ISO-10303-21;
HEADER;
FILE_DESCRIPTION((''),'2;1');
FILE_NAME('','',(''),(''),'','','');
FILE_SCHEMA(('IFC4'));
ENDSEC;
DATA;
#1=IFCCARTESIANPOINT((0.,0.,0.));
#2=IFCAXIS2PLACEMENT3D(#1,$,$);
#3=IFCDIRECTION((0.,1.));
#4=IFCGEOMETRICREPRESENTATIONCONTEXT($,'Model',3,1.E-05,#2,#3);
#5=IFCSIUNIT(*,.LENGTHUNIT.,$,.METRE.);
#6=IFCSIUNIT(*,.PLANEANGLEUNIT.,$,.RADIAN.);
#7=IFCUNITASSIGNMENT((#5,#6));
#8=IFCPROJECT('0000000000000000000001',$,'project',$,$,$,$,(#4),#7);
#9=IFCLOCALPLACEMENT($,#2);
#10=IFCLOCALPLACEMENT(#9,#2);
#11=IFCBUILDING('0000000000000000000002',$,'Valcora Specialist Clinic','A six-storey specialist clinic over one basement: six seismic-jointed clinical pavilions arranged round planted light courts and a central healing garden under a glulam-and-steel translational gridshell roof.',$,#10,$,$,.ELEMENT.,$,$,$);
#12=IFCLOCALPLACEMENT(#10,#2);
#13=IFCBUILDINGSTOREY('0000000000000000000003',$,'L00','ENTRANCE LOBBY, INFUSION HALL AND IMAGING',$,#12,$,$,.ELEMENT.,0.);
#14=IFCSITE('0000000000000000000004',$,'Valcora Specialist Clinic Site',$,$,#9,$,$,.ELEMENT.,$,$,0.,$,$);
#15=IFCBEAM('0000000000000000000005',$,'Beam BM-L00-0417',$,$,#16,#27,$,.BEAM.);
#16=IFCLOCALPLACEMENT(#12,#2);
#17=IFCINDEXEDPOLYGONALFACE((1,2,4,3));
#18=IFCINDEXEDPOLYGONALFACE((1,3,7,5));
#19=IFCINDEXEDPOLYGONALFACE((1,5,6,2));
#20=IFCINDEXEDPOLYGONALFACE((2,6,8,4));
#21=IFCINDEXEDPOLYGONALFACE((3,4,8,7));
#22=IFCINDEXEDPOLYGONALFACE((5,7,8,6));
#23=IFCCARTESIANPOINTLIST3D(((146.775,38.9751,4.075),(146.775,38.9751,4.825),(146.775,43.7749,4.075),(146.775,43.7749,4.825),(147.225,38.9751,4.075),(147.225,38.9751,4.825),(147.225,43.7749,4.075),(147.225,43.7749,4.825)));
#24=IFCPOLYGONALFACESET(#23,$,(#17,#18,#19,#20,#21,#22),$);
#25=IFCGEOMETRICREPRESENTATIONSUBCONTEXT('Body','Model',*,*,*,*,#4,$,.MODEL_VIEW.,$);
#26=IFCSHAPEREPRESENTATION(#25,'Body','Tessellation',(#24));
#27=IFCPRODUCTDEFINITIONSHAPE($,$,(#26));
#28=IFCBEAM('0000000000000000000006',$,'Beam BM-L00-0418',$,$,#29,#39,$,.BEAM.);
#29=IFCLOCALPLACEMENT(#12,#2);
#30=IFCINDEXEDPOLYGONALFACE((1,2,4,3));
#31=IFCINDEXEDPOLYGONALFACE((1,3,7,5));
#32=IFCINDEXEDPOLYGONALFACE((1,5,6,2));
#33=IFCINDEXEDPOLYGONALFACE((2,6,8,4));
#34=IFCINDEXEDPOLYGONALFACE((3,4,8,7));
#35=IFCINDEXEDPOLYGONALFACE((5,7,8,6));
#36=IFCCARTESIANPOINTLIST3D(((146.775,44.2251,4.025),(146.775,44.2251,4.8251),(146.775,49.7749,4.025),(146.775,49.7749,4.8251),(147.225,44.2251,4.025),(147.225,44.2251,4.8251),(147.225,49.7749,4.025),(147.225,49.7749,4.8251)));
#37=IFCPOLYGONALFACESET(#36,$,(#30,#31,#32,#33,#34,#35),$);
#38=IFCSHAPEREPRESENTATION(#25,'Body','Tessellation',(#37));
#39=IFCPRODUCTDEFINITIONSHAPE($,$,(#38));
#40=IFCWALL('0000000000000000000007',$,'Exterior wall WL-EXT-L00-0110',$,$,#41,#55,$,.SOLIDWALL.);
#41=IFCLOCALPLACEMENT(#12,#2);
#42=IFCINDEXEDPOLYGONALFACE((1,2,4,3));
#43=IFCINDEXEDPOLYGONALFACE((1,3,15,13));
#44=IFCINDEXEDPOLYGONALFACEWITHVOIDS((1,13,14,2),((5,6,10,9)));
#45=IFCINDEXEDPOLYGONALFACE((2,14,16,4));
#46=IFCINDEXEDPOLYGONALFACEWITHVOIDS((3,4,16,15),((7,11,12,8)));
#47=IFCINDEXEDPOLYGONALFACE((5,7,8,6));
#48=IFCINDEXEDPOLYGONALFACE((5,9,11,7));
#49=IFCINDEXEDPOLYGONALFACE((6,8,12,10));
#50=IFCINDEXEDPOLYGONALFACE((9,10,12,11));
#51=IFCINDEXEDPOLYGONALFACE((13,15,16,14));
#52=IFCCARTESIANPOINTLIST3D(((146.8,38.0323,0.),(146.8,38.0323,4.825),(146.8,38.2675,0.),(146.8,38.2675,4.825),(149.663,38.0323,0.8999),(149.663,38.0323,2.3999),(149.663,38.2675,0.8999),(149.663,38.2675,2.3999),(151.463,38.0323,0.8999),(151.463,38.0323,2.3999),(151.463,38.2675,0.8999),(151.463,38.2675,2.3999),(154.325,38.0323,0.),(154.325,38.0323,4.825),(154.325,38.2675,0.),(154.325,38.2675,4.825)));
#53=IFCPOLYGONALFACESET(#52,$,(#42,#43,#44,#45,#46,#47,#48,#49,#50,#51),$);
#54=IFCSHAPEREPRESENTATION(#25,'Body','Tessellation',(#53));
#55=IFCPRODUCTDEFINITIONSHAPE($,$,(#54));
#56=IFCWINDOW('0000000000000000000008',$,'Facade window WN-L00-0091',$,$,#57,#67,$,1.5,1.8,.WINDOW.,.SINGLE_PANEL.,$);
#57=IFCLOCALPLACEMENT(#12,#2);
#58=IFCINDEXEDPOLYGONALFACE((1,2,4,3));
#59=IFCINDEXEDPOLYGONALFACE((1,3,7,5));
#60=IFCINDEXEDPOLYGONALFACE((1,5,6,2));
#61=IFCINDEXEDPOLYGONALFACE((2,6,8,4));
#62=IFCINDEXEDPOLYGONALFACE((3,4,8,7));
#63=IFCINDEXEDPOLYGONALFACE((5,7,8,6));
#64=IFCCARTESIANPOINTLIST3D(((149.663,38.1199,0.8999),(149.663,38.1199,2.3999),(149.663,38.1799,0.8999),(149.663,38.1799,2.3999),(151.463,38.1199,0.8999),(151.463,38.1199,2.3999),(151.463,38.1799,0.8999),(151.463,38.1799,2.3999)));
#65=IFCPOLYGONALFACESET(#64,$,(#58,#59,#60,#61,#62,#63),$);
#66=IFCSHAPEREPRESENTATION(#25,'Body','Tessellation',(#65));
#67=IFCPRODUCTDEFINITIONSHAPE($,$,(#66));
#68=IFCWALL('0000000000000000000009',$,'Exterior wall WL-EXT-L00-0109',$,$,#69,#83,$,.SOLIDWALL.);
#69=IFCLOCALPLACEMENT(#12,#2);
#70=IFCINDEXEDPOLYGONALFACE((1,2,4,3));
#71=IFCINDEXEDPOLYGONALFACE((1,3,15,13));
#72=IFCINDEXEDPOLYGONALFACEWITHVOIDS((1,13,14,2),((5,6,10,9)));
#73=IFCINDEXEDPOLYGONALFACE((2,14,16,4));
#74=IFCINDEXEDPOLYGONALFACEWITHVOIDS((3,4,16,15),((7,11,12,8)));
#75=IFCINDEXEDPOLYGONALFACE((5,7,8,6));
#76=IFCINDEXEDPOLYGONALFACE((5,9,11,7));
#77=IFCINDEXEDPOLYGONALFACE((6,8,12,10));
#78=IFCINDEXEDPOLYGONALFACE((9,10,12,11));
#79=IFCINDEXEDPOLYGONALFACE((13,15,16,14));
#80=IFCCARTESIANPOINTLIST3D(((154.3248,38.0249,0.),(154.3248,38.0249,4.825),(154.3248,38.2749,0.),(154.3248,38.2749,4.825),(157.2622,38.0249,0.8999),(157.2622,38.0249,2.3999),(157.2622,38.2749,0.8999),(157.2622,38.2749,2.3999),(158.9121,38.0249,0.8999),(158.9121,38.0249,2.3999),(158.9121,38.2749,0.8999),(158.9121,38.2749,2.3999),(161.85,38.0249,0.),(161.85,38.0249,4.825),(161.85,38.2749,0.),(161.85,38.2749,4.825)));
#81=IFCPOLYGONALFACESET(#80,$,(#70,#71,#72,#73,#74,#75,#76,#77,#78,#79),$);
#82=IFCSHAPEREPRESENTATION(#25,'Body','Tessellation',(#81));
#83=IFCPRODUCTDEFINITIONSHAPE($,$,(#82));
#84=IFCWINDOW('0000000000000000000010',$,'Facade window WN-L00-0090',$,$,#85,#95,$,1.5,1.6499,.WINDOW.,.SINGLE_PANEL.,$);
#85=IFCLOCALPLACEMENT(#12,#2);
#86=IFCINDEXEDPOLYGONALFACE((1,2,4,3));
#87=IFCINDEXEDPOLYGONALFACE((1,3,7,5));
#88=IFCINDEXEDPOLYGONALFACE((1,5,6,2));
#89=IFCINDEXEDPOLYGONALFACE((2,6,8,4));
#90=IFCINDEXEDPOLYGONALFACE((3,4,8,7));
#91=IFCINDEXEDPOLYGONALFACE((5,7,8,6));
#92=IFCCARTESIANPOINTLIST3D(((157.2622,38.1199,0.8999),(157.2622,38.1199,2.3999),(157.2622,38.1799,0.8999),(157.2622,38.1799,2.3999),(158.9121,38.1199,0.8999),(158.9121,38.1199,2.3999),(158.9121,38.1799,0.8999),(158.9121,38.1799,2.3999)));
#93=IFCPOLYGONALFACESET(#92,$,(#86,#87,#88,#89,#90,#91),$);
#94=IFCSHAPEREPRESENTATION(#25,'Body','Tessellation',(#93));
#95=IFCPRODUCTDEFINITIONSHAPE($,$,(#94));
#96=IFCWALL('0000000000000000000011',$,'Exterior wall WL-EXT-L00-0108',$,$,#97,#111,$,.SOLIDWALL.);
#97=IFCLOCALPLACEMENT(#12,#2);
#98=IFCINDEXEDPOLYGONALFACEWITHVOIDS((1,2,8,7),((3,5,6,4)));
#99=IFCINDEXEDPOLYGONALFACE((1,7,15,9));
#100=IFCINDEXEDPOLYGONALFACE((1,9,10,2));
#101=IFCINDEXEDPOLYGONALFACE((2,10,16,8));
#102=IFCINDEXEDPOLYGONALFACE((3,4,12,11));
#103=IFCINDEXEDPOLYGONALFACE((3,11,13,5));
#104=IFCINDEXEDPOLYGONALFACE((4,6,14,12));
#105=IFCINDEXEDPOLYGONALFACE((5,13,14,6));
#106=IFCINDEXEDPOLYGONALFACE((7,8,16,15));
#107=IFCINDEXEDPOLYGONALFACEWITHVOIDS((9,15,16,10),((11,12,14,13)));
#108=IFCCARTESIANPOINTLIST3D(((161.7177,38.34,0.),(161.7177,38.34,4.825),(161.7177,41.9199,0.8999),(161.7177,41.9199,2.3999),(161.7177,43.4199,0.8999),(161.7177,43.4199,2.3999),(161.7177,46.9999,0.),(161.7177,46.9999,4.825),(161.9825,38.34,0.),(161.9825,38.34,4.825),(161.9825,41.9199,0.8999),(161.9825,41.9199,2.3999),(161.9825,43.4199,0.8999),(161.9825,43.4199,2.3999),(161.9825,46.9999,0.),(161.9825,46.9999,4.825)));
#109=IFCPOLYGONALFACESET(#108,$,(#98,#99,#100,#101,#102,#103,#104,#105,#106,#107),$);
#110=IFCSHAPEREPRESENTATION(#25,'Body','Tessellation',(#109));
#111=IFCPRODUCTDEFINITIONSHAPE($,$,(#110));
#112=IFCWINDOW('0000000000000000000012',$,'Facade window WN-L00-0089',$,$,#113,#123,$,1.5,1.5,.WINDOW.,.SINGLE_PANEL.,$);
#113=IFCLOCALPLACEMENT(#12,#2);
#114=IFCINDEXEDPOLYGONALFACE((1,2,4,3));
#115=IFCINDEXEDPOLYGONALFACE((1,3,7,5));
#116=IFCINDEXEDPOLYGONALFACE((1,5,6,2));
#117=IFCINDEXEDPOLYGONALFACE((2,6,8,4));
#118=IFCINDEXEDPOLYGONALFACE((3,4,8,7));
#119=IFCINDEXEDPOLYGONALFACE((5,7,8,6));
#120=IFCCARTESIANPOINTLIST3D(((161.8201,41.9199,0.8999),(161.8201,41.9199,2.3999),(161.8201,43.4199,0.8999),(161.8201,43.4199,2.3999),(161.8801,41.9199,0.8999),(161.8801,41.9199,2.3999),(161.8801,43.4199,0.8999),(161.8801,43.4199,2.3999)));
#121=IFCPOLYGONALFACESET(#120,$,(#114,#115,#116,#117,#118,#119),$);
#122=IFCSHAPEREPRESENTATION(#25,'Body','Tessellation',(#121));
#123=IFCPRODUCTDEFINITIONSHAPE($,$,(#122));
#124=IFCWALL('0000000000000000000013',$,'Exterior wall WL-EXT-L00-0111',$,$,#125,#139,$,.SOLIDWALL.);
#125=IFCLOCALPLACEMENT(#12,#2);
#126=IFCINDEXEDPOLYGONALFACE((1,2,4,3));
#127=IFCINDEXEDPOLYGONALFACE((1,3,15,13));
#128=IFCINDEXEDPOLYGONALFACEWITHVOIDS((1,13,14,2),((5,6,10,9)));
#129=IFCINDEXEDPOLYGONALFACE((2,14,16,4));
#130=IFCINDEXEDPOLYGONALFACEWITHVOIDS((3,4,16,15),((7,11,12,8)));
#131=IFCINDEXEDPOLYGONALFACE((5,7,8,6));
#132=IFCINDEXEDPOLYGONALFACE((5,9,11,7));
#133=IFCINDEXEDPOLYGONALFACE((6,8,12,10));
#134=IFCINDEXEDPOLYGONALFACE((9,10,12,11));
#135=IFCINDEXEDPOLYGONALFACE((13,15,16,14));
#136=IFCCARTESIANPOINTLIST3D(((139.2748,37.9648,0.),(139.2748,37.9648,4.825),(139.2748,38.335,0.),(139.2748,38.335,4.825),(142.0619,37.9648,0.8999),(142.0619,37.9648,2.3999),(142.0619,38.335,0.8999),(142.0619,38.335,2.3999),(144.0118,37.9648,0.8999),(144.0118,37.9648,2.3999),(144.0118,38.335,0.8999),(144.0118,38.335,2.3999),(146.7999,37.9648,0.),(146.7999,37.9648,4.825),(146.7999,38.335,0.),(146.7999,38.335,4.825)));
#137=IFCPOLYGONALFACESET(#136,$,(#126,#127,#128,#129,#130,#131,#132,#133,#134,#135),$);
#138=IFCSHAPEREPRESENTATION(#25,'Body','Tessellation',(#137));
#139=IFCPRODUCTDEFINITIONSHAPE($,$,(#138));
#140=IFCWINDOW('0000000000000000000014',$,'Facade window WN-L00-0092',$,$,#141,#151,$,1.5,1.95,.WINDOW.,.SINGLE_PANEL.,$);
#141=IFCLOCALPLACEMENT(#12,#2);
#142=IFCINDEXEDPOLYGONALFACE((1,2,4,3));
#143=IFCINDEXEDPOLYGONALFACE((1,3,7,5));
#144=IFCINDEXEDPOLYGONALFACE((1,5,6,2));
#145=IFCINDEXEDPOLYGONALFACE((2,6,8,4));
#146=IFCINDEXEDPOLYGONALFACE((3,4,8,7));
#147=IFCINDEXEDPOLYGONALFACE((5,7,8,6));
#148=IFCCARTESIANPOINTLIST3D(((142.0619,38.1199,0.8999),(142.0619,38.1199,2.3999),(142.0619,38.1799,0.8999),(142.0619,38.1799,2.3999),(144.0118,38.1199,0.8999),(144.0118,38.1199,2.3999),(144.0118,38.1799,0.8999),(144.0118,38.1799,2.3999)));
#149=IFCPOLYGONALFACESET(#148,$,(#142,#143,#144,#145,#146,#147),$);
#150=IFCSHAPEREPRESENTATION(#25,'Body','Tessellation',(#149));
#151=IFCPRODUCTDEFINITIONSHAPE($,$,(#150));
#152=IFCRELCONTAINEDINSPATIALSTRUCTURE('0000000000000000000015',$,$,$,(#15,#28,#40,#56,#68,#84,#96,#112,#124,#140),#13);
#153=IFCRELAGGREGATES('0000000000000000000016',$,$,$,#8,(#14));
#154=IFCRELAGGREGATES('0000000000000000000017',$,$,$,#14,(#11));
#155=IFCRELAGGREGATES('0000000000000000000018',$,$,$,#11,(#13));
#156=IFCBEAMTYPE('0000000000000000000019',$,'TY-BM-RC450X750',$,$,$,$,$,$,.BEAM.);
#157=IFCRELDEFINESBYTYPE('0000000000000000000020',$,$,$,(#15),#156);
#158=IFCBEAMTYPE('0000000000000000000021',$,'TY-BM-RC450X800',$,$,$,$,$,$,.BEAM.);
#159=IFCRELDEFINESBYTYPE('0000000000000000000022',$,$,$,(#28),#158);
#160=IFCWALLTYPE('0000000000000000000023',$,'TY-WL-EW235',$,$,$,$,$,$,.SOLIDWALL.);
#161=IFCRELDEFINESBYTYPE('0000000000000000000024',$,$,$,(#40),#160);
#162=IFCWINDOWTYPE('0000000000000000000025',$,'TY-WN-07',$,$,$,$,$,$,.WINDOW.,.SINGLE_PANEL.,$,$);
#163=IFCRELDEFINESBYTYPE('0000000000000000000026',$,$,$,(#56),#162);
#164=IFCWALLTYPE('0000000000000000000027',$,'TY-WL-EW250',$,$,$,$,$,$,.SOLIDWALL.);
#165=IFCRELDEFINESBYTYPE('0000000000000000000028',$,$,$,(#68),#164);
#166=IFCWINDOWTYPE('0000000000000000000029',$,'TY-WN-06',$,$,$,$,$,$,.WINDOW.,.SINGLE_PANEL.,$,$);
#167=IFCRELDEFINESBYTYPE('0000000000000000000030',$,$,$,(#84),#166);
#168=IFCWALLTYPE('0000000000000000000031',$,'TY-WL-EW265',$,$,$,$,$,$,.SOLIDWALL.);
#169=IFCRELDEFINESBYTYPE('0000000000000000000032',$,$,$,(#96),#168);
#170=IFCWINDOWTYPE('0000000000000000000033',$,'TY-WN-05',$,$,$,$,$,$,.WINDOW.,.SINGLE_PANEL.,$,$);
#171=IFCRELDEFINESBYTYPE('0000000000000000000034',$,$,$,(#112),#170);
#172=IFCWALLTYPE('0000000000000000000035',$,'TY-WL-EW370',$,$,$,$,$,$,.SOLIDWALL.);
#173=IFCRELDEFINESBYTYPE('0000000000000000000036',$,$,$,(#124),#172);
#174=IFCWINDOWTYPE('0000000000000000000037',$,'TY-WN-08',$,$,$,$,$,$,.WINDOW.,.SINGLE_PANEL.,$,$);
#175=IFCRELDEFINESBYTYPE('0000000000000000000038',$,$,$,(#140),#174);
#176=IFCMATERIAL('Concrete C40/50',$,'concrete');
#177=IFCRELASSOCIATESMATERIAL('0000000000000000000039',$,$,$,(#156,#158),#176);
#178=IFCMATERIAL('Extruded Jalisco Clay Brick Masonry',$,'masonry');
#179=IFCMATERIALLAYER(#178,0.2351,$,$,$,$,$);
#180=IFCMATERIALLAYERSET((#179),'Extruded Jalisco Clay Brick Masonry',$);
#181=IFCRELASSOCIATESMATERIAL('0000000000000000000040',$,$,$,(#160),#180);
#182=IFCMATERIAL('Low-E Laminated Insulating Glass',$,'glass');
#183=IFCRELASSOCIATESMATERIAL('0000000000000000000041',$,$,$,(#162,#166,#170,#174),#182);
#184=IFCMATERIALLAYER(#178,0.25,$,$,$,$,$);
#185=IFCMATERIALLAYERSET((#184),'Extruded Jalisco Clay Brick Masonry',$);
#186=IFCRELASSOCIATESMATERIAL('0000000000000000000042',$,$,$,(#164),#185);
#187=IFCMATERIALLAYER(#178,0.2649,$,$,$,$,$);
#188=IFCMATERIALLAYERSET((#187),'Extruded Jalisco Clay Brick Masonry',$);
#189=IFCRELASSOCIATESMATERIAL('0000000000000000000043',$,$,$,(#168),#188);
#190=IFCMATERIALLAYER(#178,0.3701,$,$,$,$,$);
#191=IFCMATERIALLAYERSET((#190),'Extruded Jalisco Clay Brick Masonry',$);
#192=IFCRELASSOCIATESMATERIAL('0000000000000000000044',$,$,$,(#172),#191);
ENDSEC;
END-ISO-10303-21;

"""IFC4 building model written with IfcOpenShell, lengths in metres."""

from ifc_helpers import new_model, si_unit, direction, frame, frame_2d, origin, origin_2d, place, context, subcontext, project, spatial, rectangle, extrude, material, layer, layer_set, material_profile, profile_set, type_object, element, fill, save


model = new_model("IFC4")

# Units and contexts
model_context = context("Model", 3, precision=1e-05, world=origin(), true_north=direction((0.0, 1.0)))
body_context = subcontext(model_context, "Body", "Model", "MODEL_VIEW")
ifc_project = project(units=[si_unit("LENGTHUNIT", "METRE"), si_unit("PLANEANGLEUNIT", "RADIAN")], contexts=[model_context])

# Site, building, storey
site_placement = place(None, origin())
site = spatial("IfcSite", under=ifc_project, at=site_placement, Name="Valcora Specialist Clinic Site", CompositionType="ELEMENT", RefElevation=0.0)
building_placement = place(site_placement, origin())
building = spatial("IfcBuilding", under=site, at=building_placement, Name="Valcora Specialist Clinic", Description="A six-storey specialist clinic over one basement: six seismic-jointed clinical pavilions arranged round planted light courts and a central healing garden under a glulam-and-steel translational gridshell roof.", CompositionType="ELEMENT")
storey_placement = place(building_placement, origin())
storey = spatial("IfcBuildingStorey", under=building, at=storey_placement, Name="L00", Description="ENTRANCE LOBBY, INFUSION HALL AND IMAGING", CompositionType="ELEMENT", Elevation=0.0)

# Shared definitions
ifc_material_1 = material(Name="Concrete C40/50", Category="concrete")

# Beams
ifc_material_profile_1 = material_profile(ifc_material_1, rectangle(XDim=0.45, YDim=0.75, at=origin_2d()), Name="RC-BM-450X750")
ifc_profile_set_1 = profile_set([ifc_material_profile_1], Name="Concrete C40/50")
beam_type_1 = type_object("IfcBeamType", Name="TY-BM-RC450X750", PredefinedType="BEAM", material=ifc_profile_set_1)
beam_1_placement = place(storey_placement, frame((147.0, 38.9751, 4.45), z_axis=(0.0, 1.0, 0.0), x_axis=(-1.0, 0.0, 0.0)))
element("IfcBeam", 1, at=beam_1_placement, inside=storey, type_object=beam_type_1, Name="Beam BM-L00-0417", PredefinedType="BEAM", context=body_context, shape_type="SweptSolid", body=[
    extrude(rectangle(XDim=0.45, YDim=0.75, at=origin_2d()), origin(), (0.0, 0.0, 1.0), 4.7998),
])
ifc_material_profile_2 = material_profile(ifc_material_1, rectangle(XDim=0.45, YDim=0.8, at=origin_2d()), Name="RC-BM-450X800")
ifc_profile_set_2 = profile_set([ifc_material_profile_2], Name="Concrete C40/50")
beam_type_2 = type_object("IfcBeamType", Name="TY-BM-RC450X800", PredefinedType="BEAM", material=ifc_profile_set_2)
beam_2_placement = place(storey_placement, frame((147.0, 44.2251, 4.425), z_axis=(0.0, 1.0, 0.0), x_axis=(-1.0, 0.0, 0.0)))
element("IfcBeam", 2, at=beam_2_placement, inside=storey, type_object=beam_type_2, Name="Beam BM-L00-0418", PredefinedType="BEAM", context=body_context, shape_type="SweptSolid", body=[
    extrude(rectangle(XDim=0.45, YDim=0.8, at=origin_2d()), origin(), (0.0, 0.0, 1.0), 5.5498),
])

# Walls, openings, windows
ifc_material_2 = material(Name="Extruded Jalisco Clay Brick Masonry", Category="masonry")
ifc_layer_1 = layer(ifc_material_2, 0.2351)
ifc_layer_set_1 = layer_set([ifc_layer_1], Name="Extruded Jalisco Clay Brick Masonry")
wall_type_1 = type_object("IfcWallType", Name="TY-WL-EW235", PredefinedType="SOLIDWALL", material=ifc_layer_set_1)
wall_1_placement = place(storey_placement, frame((154.325, 38.1499, 0.0), z_axis=(0.0, 0.0, 1.0), x_axis=(-1.0, 0.0, 0.0)))
wall_1 = element("IfcWall", 3, at=wall_1_placement, inside=storey, type_object=wall_type_1, Name="Exterior wall WL-EXT-L00-0110", PredefinedType="SOLIDWALL", context=body_context, shape_type="SweptSolid", body=[
    extrude(rectangle(XDim=7.5249, YDim=0.2351, at=frame_2d((3.7625, 0.0))), origin(), (0.0, 0.0, 1.0), 4.825),
])
opening_1_placement = place(wall_1_placement, frame((2.8621, 0.0, 0.8999)))
opening_1 = element("IfcOpeningElement", 4, at=opening_1_placement, cuts=wall_1, PredefinedType="OPENING", context=body_context, shape_type="SweptSolid", body=[
    extrude(rectangle(XDim=1.8, YDim=1.5, at=frame_2d((0.8999, 0.75))), frame((0.0, 0.1274, 0.0), z_axis=(0.0, -1.0, 0.0), x_axis=(1.0, 0.0, 0.0)), (0.0, 0.0, 1.0), 0.2551),
])
ifc_material_3 = material(Name="Low-E Laminated Insulating Glass", Category="glass")
window_type_1 = type_object("IfcWindowType", Name="TY-WN-07", PartitioningType="SINGLE_PANEL", PredefinedType="WINDOW", material=ifc_material_3)
window_1_placement = place(opening_1_placement, origin())
window_1 = element("IfcWindow", 5, at=window_1_placement, inside=storey, type_object=window_type_1, Name="Facade window WN-L00-0091", OverallHeight=1.5, OverallWidth=1.8, PartitioningType="SINGLE_PANEL", PredefinedType="WINDOW", context=body_context, shape_type="SweptSolid", body=[
    extrude(rectangle(XDim=1.8, YDim=1.5, at=frame_2d((0.8999, 0.75))), frame((0.0, 0.03, 0.0), z_axis=(0.0, -1.0, 0.0), x_axis=(1.0, 0.0, 0.0)), (0.0, 0.0, 1.0), 0.0601),
])
fill(opening_1, window_1)
ifc_layer_2 = layer(ifc_material_2, 0.25)
ifc_layer_set_2 = layer_set([ifc_layer_2], Name="Extruded Jalisco Clay Brick Masonry")
wall_type_2 = type_object("IfcWallType", Name="TY-WL-EW250", PredefinedType="SOLIDWALL", material=ifc_layer_set_2)
wall_2_placement = place(storey_placement, frame((161.8501, 38.1499, 0.0), z_axis=(0.0, 0.0, 1.0), x_axis=(-1.0, 0.0, 0.0)))
wall_2 = element("IfcWall", 6, at=wall_2_placement, inside=storey, type_object=wall_type_2, Name="Exterior wall WL-EXT-L00-0109", PredefinedType="SOLIDWALL", context=body_context, shape_type="SweptSolid", body=[
    extrude(rectangle(XDim=7.5251, YDim=0.25, at=frame_2d((3.7627, 0.0))), origin(), (0.0, 0.0, 1.0), 4.825),
])
opening_2_placement = place(wall_2_placement, frame((2.938, 0.0, 0.8999)))
opening_2 = element("IfcOpeningElement", 7, at=opening_2_placement, cuts=wall_2, PredefinedType="OPENING", context=body_context, shape_type="SweptSolid", body=[
    extrude(rectangle(XDim=1.6499, YDim=1.5, at=frame_2d((0.825, 0.75))), frame((0.0, 0.135, 0.0), z_axis=(0.0, -1.0, 0.0), x_axis=(1.0, 0.0, 0.0)), (0.0, 0.0, 1.0), 0.27),
])
window_type_2 = type_object("IfcWindowType", Name="TY-WN-06", PartitioningType="SINGLE_PANEL", PredefinedType="WINDOW", material=ifc_material_3)
window_2_placement = place(opening_2_placement, origin())
window_2 = element("IfcWindow", 8, at=window_2_placement, inside=storey, type_object=window_type_2, Name="Facade window WN-L00-0090", OverallHeight=1.5, OverallWidth=1.6499, PartitioningType="SINGLE_PANEL", PredefinedType="WINDOW", context=body_context, shape_type="SweptSolid", body=[
    extrude(rectangle(XDim=1.6499, YDim=1.5, at=frame_2d((0.825, 0.75))), frame((0.0, 0.03, 0.0), z_axis=(0.0, -1.0, 0.0), x_axis=(1.0, 0.0, 0.0)), (0.0, 0.0, 1.0), 0.0601),
])
fill(opening_2, window_2)
ifc_layer_3 = layer(ifc_material_2, 0.2649)
ifc_layer_set_3 = layer_set([ifc_layer_3], Name="Extruded Jalisco Clay Brick Masonry")
wall_type_3 = type_object("IfcWallType", Name="TY-WL-EW265", PredefinedType="SOLIDWALL", material=ifc_layer_set_3)
wall_3_placement = place(storey_placement, frame((161.8501, 47.0, 0.0), z_axis=(0.0, 0.0, 1.0), x_axis=(0.0, -1.0, 0.0)))
wall_3 = element("IfcWall", 9, at=wall_3_placement, inside=storey, type_object=wall_type_3, Name="Exterior wall WL-EXT-L00-0108", PredefinedType="SOLIDWALL", context=body_context, shape_type="SweptSolid", body=[
    extrude(rectangle(XDim=8.6599, YDim=0.2649, at=frame_2d((4.3301, 0.0))), origin(), (0.0, 0.0, 1.0), 4.825),
])
opening_3_placement = place(wall_3_placement, frame((3.5801, 0.0, 0.8999)))
opening_3 = element("IfcOpeningElement", 10, at=opening_3_placement, cuts=wall_3, PredefinedType="OPENING", context=body_context, shape_type="SweptSolid", body=[
    extrude(rectangle(XDim=1.5, YDim=1.5, at=frame_2d((0.75, 0.75))), frame((0.0, 0.1423, 0.0), z_axis=(0.0, -1.0, 0.0), x_axis=(1.0, 0.0, 0.0)), (0.0, 0.0, 1.0), 0.2849),
])
window_type_3 = type_object("IfcWindowType", Name="TY-WN-05", PartitioningType="SINGLE_PANEL", PredefinedType="WINDOW", material=ifc_material_3)
window_3_placement = place(opening_3_placement, origin())
window_3 = element("IfcWindow", 11, at=window_3_placement, inside=storey, type_object=window_type_3, Name="Facade window WN-L00-0089", OverallHeight=1.5, OverallWidth=1.5, PartitioningType="SINGLE_PANEL", PredefinedType="WINDOW", context=body_context, shape_type="SweptSolid", body=[
    extrude(rectangle(XDim=1.5, YDim=1.5, at=frame_2d((0.75, 0.75))), frame((0.0, 0.03, 0.0), z_axis=(0.0, -1.0, 0.0), x_axis=(1.0, 0.0, 0.0)), (0.0, 0.0, 1.0), 0.0601),
])
fill(opening_3, window_3)
ifc_layer_4 = layer(ifc_material_2, 0.3701)
ifc_layer_set_4 = layer_set([ifc_layer_4], Name="Extruded Jalisco Clay Brick Masonry")
wall_type_4 = type_object("IfcWallType", Name="TY-WL-EW370", PredefinedType="SOLIDWALL", material=ifc_layer_set_4)
wall_4_placement = place(storey_placement, frame((146.8, 38.1499, 0.0), z_axis=(0.0, 0.0, 1.0), x_axis=(-1.0, 0.0, 0.0)))
wall_4 = element("IfcWall", 12, at=wall_4_placement, inside=storey, type_object=wall_type_4, Name="Exterior wall WL-EXT-L00-0111", PredefinedType="SOLIDWALL", context=body_context, shape_type="SweptSolid", body=[
    extrude(rectangle(XDim=7.5251, YDim=0.3701, at=frame_2d((3.7627, 0.0))), origin(), (0.0, 0.0, 1.0), 4.825),
])
opening_4_placement = place(wall_4_placement, frame((2.7881, 0.0, 0.8999)))
opening_4 = element("IfcOpeningElement", 13, at=opening_4_placement, cuts=wall_4, PredefinedType="OPENING", context=body_context, shape_type="SweptSolid", body=[
    extrude(rectangle(XDim=1.95, YDim=1.5, at=frame_2d((0.9751, 0.75))), frame((0.0, 0.1951, 0.0), z_axis=(0.0, -1.0, 0.0), x_axis=(1.0, 0.0, 0.0)), (0.0, 0.0, 1.0), 0.3901),
])
window_type_4 = type_object("IfcWindowType", Name="TY-WN-08", PartitioningType="SINGLE_PANEL", PredefinedType="WINDOW", material=ifc_material_3)
window_4_placement = place(opening_4_placement, origin())
window_4 = element("IfcWindow", 14, at=window_4_placement, inside=storey, type_object=window_type_4, Name="Facade window WN-L00-0092", OverallHeight=1.5, OverallWidth=1.95, PartitioningType="SINGLE_PANEL", PredefinedType="WINDOW", context=body_context, shape_type="SweptSolid", body=[
    extrude(rectangle(XDim=1.95, YDim=1.5, at=frame_2d((0.9751, 0.75))), frame((0.0, 0.03, 0.0), z_axis=(0.0, -1.0, 0.0), x_axis=(1.0, 0.0, 0.0)), (0.0, 0.0, 1.0), 0.0601),
])
fill(opening_4, window_4)

save(model, "model.ifc")
